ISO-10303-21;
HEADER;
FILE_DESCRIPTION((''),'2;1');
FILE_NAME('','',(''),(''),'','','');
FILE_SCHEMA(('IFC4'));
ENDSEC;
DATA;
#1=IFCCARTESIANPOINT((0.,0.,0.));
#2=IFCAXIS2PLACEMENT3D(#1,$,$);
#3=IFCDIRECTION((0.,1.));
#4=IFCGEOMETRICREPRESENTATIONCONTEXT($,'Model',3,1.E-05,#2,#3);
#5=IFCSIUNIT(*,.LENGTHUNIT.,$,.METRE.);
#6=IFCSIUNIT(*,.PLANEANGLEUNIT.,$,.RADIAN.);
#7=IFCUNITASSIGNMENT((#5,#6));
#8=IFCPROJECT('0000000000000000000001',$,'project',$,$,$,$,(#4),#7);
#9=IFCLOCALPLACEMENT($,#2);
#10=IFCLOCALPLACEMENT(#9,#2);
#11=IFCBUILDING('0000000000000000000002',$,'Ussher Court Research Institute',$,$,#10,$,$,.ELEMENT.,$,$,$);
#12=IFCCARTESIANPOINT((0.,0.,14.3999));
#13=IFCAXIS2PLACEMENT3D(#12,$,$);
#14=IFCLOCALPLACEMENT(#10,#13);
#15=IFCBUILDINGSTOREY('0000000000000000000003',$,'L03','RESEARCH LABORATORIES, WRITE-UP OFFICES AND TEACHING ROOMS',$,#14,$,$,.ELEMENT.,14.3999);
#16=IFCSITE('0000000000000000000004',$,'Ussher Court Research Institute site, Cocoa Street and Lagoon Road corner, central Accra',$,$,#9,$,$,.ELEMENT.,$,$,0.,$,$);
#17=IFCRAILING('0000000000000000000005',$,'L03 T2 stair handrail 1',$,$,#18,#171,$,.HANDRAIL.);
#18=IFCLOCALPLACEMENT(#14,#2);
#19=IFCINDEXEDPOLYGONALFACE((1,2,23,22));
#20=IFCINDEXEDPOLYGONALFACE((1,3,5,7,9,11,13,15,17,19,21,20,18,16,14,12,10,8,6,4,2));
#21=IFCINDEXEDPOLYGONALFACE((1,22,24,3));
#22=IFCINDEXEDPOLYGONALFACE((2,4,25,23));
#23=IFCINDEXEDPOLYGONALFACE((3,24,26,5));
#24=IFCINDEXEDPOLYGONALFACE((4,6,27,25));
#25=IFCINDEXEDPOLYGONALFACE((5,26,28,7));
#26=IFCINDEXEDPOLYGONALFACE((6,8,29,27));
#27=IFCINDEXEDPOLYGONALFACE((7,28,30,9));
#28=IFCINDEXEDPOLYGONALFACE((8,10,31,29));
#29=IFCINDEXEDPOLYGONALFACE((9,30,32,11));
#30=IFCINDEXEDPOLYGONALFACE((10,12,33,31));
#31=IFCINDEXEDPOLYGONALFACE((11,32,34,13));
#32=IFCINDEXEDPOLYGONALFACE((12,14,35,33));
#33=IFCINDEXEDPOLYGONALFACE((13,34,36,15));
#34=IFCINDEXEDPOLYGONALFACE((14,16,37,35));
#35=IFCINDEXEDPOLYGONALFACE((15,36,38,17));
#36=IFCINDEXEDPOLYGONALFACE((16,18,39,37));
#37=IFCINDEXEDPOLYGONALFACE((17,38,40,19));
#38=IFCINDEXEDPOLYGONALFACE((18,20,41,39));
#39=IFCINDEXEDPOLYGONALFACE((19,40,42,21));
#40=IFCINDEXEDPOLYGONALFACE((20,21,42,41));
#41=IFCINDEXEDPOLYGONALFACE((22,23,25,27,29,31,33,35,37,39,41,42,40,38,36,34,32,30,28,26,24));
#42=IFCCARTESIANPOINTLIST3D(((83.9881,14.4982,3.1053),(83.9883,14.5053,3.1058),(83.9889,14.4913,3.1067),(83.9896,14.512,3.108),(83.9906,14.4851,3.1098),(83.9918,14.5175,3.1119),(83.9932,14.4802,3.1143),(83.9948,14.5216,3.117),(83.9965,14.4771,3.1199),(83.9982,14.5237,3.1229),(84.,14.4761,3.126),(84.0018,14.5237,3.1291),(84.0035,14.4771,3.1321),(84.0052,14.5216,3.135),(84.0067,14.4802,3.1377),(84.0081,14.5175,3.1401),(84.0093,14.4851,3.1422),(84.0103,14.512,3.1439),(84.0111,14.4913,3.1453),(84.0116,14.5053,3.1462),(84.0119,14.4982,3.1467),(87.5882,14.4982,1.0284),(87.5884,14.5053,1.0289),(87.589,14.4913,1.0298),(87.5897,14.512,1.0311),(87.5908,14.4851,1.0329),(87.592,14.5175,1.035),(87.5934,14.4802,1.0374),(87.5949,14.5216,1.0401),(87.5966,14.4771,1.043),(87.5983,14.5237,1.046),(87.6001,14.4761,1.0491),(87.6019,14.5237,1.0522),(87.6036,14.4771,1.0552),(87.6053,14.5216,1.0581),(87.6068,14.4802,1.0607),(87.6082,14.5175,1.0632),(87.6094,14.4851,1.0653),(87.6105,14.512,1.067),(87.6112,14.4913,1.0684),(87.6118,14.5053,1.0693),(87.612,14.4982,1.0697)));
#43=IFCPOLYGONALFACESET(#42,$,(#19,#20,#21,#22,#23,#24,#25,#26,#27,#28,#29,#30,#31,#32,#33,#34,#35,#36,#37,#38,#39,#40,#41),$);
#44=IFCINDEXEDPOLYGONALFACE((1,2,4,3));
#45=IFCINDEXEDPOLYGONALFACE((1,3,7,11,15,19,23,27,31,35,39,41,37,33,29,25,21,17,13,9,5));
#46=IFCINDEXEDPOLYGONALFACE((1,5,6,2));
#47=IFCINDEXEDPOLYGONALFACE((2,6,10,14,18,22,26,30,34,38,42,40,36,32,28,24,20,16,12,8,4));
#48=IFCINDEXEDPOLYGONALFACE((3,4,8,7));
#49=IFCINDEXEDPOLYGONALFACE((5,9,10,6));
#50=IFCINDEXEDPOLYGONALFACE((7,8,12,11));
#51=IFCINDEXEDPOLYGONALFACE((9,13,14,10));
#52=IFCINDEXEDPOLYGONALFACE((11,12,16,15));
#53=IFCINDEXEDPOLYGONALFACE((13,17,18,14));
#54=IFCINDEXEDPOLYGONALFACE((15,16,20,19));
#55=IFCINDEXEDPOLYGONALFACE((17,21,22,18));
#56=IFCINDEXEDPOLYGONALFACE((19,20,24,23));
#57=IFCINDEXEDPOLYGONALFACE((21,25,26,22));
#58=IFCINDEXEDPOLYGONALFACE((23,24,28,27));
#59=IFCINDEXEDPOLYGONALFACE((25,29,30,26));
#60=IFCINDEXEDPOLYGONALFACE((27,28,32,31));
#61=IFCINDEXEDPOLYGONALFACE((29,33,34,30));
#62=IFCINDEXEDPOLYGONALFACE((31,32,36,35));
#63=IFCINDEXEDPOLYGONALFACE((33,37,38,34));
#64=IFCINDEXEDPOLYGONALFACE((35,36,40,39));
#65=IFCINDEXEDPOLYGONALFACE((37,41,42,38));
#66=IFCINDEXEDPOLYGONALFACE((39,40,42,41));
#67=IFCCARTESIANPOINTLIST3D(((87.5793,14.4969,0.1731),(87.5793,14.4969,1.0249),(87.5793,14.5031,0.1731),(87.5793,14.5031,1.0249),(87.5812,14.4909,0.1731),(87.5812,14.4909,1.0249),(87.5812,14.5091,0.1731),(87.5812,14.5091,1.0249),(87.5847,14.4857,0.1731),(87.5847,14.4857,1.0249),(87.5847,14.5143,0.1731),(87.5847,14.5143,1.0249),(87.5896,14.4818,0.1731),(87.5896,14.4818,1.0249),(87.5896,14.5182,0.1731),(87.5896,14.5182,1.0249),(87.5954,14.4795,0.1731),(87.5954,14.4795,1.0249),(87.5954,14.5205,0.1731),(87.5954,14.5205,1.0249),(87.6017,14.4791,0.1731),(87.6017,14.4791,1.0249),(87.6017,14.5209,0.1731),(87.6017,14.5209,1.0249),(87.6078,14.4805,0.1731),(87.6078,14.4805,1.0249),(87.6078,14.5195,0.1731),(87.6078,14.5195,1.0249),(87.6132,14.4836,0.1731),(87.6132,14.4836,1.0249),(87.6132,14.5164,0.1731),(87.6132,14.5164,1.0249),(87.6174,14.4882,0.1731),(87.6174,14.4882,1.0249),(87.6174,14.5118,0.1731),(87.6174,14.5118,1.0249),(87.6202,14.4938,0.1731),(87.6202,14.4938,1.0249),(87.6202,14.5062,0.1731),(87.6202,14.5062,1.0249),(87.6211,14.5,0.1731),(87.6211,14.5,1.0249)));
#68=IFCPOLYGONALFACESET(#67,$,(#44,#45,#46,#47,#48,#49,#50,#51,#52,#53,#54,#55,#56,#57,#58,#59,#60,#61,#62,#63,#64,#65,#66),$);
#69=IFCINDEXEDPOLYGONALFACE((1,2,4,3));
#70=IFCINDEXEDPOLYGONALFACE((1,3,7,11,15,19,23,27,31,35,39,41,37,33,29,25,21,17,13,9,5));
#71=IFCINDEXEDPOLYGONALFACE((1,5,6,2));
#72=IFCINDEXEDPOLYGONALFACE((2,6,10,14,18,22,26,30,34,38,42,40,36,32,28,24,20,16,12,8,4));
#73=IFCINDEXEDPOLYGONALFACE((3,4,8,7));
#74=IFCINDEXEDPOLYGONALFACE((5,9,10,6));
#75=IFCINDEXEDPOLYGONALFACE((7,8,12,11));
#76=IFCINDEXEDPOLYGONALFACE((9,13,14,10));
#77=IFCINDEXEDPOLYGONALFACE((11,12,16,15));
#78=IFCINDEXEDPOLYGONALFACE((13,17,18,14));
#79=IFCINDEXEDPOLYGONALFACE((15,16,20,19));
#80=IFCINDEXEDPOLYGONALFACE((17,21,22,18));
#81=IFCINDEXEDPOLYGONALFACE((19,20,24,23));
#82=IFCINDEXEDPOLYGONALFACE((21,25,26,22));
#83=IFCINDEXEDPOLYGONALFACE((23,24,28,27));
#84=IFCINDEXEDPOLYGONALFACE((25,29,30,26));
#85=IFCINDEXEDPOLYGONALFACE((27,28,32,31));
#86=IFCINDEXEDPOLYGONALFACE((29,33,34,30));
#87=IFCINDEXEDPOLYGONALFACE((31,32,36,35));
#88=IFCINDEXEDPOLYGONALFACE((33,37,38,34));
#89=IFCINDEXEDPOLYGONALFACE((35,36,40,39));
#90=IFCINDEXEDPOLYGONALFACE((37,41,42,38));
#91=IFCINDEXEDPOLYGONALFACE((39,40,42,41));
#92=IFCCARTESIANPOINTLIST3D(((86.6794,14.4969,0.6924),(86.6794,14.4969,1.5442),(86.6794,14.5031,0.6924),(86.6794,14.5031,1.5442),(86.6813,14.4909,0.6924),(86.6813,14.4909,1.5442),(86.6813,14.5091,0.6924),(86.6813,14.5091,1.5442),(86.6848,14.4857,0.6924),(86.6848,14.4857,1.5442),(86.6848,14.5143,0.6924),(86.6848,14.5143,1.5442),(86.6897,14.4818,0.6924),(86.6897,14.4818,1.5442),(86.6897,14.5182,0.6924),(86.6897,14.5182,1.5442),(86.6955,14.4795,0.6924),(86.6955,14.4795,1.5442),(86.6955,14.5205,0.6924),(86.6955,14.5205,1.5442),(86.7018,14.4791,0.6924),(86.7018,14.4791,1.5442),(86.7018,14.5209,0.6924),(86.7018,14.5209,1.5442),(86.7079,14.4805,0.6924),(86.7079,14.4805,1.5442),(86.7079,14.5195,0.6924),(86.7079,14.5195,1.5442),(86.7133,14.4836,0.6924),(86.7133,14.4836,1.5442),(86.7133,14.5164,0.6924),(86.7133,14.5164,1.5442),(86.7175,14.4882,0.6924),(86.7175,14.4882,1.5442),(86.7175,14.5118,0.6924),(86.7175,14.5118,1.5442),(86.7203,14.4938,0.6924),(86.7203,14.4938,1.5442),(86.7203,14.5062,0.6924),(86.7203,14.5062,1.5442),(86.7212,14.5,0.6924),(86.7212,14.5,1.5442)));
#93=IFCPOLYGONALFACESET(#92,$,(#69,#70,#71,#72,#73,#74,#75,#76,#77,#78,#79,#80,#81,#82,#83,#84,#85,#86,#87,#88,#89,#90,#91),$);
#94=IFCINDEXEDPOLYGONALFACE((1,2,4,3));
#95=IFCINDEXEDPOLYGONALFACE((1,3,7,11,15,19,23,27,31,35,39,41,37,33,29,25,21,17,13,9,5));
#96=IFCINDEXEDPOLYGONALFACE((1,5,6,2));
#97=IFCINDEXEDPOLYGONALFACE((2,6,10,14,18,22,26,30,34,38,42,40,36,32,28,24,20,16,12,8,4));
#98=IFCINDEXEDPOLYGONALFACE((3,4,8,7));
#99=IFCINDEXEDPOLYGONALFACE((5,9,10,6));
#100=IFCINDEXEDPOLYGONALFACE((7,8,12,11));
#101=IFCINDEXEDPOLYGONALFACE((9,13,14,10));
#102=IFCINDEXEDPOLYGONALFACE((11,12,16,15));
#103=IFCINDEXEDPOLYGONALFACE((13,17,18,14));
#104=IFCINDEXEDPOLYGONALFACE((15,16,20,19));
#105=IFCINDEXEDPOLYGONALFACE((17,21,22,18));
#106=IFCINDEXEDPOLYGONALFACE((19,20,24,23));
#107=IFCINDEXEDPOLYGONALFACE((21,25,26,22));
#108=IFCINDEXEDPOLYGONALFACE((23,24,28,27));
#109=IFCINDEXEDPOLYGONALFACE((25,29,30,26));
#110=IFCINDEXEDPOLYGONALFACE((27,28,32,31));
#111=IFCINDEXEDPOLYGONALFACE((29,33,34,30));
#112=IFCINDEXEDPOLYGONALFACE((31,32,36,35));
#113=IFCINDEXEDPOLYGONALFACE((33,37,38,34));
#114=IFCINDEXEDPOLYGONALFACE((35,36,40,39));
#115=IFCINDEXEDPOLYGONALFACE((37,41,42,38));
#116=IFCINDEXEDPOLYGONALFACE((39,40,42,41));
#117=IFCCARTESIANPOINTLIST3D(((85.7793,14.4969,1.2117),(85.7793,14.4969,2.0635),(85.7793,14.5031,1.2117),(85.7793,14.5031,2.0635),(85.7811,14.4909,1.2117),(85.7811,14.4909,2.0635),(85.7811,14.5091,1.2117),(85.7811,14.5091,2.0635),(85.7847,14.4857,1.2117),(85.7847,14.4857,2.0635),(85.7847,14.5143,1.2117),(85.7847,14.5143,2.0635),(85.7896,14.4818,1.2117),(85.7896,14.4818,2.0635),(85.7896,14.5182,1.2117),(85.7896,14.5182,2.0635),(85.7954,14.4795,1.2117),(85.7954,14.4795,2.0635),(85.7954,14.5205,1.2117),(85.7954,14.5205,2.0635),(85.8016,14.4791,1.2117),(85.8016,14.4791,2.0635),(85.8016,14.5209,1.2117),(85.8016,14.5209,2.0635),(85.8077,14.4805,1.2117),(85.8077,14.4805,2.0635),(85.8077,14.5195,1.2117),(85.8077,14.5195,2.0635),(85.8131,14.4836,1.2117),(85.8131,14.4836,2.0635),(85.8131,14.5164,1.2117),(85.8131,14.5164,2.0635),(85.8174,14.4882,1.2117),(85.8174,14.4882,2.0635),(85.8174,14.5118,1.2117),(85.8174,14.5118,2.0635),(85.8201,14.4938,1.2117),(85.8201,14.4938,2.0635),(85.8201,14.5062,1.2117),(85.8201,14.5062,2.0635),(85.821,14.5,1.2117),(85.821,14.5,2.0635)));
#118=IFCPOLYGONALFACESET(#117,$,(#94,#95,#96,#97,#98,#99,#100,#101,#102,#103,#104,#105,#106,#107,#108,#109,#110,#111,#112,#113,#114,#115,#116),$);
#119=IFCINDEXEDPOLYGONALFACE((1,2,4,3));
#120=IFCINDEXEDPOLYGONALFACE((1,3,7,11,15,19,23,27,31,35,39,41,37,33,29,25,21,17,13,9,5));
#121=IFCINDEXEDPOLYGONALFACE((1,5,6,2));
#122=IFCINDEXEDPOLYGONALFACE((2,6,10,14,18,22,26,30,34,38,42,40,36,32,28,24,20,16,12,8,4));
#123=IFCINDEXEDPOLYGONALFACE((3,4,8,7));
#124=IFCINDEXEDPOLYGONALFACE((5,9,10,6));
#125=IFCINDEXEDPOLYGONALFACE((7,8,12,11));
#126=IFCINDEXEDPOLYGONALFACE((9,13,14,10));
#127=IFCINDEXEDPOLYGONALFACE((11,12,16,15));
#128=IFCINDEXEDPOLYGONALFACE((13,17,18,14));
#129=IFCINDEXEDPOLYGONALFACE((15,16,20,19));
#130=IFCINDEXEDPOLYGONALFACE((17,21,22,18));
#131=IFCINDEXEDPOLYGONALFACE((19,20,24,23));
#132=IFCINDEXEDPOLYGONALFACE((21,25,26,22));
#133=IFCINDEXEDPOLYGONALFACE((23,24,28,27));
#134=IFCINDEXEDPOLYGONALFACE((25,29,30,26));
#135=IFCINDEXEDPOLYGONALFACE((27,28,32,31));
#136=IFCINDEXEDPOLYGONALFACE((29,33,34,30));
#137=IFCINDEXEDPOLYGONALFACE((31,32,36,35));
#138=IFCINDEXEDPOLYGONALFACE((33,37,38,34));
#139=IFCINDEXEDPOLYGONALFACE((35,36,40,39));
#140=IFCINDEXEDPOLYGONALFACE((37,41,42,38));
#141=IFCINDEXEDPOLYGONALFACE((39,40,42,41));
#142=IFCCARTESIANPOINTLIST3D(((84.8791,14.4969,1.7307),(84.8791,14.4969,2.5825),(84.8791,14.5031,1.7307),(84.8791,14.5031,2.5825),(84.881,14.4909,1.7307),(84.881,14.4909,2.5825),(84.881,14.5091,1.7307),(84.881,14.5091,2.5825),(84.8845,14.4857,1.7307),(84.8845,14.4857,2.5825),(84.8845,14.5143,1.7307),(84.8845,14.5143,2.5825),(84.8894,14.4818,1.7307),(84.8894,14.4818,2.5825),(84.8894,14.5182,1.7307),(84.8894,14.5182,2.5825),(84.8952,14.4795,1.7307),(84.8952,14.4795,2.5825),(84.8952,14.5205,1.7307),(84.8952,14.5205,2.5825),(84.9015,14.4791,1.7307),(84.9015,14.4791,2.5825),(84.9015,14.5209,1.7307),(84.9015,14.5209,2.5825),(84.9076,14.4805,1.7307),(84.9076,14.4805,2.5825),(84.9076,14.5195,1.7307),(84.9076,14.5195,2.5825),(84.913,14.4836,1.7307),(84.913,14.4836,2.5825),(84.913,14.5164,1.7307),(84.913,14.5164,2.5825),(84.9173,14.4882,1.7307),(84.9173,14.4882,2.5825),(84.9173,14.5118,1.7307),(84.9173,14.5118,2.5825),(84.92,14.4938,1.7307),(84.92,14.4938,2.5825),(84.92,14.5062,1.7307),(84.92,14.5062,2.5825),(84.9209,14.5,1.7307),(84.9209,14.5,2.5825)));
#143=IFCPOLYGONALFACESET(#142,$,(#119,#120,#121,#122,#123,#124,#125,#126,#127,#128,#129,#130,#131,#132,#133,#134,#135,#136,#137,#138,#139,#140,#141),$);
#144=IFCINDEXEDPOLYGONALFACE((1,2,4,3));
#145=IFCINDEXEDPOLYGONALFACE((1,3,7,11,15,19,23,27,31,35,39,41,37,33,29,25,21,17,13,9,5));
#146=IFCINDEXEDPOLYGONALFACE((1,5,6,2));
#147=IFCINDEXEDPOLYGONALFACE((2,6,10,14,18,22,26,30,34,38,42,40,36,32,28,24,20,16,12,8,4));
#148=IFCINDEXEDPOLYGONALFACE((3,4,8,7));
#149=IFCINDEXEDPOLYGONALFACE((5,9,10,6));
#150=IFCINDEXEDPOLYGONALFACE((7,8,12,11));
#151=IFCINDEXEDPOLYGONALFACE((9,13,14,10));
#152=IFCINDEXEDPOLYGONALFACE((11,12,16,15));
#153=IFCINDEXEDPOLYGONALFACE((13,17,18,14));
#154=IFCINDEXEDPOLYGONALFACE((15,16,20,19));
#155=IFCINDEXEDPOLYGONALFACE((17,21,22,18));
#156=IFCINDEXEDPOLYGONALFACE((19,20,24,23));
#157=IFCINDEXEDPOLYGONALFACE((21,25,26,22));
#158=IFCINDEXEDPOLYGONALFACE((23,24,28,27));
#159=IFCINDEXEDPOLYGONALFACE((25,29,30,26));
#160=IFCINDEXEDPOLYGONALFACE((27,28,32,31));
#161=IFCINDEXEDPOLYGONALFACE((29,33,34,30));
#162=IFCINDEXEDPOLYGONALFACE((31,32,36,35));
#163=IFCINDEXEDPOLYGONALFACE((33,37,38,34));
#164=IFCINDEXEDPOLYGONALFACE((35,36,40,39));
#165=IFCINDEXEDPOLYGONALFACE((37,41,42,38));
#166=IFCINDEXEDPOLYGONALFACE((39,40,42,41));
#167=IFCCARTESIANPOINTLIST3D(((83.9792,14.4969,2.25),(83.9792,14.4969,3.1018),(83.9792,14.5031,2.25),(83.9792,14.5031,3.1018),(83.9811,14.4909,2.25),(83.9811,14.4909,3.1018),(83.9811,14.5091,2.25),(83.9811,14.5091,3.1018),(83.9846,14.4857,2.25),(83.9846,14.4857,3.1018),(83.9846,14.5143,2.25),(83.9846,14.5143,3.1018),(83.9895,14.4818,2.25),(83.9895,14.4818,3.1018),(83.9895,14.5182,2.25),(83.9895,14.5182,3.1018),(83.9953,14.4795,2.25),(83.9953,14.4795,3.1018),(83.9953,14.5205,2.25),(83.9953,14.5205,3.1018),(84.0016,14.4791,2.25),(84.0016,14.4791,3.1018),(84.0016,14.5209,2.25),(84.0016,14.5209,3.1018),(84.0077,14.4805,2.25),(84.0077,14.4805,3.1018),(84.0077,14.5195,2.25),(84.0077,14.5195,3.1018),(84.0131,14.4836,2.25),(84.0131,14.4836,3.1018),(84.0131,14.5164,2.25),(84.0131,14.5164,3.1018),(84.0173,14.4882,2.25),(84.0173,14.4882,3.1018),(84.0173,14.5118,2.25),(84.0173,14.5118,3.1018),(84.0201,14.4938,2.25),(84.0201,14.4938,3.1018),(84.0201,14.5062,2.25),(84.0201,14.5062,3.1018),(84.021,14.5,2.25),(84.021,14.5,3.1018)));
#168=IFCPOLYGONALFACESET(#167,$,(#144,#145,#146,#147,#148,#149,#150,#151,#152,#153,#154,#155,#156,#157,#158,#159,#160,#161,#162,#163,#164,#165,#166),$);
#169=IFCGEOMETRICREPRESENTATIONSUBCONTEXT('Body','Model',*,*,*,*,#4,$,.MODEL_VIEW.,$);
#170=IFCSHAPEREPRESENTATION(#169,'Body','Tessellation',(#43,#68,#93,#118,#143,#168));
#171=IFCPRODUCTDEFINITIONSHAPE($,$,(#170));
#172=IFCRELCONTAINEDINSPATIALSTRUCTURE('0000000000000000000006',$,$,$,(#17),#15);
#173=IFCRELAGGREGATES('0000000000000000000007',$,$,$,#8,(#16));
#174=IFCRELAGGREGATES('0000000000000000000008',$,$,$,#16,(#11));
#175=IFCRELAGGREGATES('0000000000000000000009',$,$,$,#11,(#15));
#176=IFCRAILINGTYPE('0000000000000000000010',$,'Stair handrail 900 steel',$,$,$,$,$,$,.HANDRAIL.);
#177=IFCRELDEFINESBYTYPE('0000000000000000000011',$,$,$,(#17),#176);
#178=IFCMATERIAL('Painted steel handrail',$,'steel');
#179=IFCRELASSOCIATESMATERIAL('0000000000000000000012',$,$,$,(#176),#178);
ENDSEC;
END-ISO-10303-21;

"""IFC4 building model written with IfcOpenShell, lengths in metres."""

from ifc_helpers import new_model, si_unit, direction, frame, origin, origin_2d, place, context, subcontext, project, spatial, circle, extrude, material, type_object, element, save


model = new_model("IFC4")

# Units and contexts
model_context = context("Model", 3, precision=1e-05, world=origin(), true_north=direction((0.0, 1.0)))
body_context = subcontext(model_context, "Body", "Model", "MODEL_VIEW")
ifc_project = project(units=[si_unit("LENGTHUNIT", "METRE"), si_unit("PLANEANGLEUNIT", "RADIAN")], contexts=[model_context])

# Site, building, storey
site_placement = place(None, origin())
site = spatial("IfcSite", under=ifc_project, at=site_placement, Name="Ussher Court Research Institute site, Cocoa Street and Lagoon Road corner, central Accra", CompositionType="ELEMENT", RefElevation=0.0)
building_placement = place(site_placement, origin())
building = spatial("IfcBuilding", under=site, at=building_placement, Name="Ussher Court Research Institute", CompositionType="ELEMENT")
storey_placement = place(building_placement, frame((0.0, 0.0, 14.3999)))
storey = spatial("IfcBuildingStorey", under=building, at=storey_placement, Name="L03", Description="RESEARCH LABORATORIES, WRITE-UP OFFICES AND TEACHING ROOMS", CompositionType="ELEMENT", Elevation=14.3999)

# Railing
ifc_material_1 = material(Name="Painted steel handrail", Category="steel")
railing_type_1 = type_object("IfcRailingType", Name="Stair handrail 900 steel", PredefinedType="HANDRAIL", material=ifc_material_1)
railing_1_placement = place(storey_placement, frame((87.6001, 14.5, 0.1731)))
element("IfcRailing", 1, at=railing_1_placement, inside=storey, type_object=railing_type_1, Name="L03 T2 stair handrail 1", PredefinedType="HANDRAIL", context=body_context, shape_type="SweptSolid", body=[
    extrude(circle(Radius=0.0239, at=origin_2d()), frame((0.0, 0.0, 0.876), z_axis=(-0.866193, 0.0, 0.499709), x_axis=(0.0, -1.0, 0.0)), (0.0, 0.0, 1.0), 4.1562),
    extrude(circle(Radius=0.021, at=origin_2d()), origin(), (0.0, 0.0, 1.0), 0.8518),
    extrude(circle(Radius=0.021, at=origin_2d()), frame((-0.8999, 0.0, 0.5193)), (0.0, 0.0, 1.0), 0.8518),
    extrude(circle(Radius=0.021, at=origin_2d()), frame((-1.8, 0.0, 1.0386)), (0.0, 0.0, 1.0), 0.8518),
    extrude(circle(Radius=0.021, at=origin_2d()), frame((-2.7002, 0.0, 1.5576)), (0.0, 0.0, 1.0), 0.8518),
    extrude(circle(Radius=0.021, at=origin_2d()), frame((-3.6001, 0.0, 2.0769)), (0.0, 0.0, 1.0), 0.8518),
])

save(model, "model.ifc")
